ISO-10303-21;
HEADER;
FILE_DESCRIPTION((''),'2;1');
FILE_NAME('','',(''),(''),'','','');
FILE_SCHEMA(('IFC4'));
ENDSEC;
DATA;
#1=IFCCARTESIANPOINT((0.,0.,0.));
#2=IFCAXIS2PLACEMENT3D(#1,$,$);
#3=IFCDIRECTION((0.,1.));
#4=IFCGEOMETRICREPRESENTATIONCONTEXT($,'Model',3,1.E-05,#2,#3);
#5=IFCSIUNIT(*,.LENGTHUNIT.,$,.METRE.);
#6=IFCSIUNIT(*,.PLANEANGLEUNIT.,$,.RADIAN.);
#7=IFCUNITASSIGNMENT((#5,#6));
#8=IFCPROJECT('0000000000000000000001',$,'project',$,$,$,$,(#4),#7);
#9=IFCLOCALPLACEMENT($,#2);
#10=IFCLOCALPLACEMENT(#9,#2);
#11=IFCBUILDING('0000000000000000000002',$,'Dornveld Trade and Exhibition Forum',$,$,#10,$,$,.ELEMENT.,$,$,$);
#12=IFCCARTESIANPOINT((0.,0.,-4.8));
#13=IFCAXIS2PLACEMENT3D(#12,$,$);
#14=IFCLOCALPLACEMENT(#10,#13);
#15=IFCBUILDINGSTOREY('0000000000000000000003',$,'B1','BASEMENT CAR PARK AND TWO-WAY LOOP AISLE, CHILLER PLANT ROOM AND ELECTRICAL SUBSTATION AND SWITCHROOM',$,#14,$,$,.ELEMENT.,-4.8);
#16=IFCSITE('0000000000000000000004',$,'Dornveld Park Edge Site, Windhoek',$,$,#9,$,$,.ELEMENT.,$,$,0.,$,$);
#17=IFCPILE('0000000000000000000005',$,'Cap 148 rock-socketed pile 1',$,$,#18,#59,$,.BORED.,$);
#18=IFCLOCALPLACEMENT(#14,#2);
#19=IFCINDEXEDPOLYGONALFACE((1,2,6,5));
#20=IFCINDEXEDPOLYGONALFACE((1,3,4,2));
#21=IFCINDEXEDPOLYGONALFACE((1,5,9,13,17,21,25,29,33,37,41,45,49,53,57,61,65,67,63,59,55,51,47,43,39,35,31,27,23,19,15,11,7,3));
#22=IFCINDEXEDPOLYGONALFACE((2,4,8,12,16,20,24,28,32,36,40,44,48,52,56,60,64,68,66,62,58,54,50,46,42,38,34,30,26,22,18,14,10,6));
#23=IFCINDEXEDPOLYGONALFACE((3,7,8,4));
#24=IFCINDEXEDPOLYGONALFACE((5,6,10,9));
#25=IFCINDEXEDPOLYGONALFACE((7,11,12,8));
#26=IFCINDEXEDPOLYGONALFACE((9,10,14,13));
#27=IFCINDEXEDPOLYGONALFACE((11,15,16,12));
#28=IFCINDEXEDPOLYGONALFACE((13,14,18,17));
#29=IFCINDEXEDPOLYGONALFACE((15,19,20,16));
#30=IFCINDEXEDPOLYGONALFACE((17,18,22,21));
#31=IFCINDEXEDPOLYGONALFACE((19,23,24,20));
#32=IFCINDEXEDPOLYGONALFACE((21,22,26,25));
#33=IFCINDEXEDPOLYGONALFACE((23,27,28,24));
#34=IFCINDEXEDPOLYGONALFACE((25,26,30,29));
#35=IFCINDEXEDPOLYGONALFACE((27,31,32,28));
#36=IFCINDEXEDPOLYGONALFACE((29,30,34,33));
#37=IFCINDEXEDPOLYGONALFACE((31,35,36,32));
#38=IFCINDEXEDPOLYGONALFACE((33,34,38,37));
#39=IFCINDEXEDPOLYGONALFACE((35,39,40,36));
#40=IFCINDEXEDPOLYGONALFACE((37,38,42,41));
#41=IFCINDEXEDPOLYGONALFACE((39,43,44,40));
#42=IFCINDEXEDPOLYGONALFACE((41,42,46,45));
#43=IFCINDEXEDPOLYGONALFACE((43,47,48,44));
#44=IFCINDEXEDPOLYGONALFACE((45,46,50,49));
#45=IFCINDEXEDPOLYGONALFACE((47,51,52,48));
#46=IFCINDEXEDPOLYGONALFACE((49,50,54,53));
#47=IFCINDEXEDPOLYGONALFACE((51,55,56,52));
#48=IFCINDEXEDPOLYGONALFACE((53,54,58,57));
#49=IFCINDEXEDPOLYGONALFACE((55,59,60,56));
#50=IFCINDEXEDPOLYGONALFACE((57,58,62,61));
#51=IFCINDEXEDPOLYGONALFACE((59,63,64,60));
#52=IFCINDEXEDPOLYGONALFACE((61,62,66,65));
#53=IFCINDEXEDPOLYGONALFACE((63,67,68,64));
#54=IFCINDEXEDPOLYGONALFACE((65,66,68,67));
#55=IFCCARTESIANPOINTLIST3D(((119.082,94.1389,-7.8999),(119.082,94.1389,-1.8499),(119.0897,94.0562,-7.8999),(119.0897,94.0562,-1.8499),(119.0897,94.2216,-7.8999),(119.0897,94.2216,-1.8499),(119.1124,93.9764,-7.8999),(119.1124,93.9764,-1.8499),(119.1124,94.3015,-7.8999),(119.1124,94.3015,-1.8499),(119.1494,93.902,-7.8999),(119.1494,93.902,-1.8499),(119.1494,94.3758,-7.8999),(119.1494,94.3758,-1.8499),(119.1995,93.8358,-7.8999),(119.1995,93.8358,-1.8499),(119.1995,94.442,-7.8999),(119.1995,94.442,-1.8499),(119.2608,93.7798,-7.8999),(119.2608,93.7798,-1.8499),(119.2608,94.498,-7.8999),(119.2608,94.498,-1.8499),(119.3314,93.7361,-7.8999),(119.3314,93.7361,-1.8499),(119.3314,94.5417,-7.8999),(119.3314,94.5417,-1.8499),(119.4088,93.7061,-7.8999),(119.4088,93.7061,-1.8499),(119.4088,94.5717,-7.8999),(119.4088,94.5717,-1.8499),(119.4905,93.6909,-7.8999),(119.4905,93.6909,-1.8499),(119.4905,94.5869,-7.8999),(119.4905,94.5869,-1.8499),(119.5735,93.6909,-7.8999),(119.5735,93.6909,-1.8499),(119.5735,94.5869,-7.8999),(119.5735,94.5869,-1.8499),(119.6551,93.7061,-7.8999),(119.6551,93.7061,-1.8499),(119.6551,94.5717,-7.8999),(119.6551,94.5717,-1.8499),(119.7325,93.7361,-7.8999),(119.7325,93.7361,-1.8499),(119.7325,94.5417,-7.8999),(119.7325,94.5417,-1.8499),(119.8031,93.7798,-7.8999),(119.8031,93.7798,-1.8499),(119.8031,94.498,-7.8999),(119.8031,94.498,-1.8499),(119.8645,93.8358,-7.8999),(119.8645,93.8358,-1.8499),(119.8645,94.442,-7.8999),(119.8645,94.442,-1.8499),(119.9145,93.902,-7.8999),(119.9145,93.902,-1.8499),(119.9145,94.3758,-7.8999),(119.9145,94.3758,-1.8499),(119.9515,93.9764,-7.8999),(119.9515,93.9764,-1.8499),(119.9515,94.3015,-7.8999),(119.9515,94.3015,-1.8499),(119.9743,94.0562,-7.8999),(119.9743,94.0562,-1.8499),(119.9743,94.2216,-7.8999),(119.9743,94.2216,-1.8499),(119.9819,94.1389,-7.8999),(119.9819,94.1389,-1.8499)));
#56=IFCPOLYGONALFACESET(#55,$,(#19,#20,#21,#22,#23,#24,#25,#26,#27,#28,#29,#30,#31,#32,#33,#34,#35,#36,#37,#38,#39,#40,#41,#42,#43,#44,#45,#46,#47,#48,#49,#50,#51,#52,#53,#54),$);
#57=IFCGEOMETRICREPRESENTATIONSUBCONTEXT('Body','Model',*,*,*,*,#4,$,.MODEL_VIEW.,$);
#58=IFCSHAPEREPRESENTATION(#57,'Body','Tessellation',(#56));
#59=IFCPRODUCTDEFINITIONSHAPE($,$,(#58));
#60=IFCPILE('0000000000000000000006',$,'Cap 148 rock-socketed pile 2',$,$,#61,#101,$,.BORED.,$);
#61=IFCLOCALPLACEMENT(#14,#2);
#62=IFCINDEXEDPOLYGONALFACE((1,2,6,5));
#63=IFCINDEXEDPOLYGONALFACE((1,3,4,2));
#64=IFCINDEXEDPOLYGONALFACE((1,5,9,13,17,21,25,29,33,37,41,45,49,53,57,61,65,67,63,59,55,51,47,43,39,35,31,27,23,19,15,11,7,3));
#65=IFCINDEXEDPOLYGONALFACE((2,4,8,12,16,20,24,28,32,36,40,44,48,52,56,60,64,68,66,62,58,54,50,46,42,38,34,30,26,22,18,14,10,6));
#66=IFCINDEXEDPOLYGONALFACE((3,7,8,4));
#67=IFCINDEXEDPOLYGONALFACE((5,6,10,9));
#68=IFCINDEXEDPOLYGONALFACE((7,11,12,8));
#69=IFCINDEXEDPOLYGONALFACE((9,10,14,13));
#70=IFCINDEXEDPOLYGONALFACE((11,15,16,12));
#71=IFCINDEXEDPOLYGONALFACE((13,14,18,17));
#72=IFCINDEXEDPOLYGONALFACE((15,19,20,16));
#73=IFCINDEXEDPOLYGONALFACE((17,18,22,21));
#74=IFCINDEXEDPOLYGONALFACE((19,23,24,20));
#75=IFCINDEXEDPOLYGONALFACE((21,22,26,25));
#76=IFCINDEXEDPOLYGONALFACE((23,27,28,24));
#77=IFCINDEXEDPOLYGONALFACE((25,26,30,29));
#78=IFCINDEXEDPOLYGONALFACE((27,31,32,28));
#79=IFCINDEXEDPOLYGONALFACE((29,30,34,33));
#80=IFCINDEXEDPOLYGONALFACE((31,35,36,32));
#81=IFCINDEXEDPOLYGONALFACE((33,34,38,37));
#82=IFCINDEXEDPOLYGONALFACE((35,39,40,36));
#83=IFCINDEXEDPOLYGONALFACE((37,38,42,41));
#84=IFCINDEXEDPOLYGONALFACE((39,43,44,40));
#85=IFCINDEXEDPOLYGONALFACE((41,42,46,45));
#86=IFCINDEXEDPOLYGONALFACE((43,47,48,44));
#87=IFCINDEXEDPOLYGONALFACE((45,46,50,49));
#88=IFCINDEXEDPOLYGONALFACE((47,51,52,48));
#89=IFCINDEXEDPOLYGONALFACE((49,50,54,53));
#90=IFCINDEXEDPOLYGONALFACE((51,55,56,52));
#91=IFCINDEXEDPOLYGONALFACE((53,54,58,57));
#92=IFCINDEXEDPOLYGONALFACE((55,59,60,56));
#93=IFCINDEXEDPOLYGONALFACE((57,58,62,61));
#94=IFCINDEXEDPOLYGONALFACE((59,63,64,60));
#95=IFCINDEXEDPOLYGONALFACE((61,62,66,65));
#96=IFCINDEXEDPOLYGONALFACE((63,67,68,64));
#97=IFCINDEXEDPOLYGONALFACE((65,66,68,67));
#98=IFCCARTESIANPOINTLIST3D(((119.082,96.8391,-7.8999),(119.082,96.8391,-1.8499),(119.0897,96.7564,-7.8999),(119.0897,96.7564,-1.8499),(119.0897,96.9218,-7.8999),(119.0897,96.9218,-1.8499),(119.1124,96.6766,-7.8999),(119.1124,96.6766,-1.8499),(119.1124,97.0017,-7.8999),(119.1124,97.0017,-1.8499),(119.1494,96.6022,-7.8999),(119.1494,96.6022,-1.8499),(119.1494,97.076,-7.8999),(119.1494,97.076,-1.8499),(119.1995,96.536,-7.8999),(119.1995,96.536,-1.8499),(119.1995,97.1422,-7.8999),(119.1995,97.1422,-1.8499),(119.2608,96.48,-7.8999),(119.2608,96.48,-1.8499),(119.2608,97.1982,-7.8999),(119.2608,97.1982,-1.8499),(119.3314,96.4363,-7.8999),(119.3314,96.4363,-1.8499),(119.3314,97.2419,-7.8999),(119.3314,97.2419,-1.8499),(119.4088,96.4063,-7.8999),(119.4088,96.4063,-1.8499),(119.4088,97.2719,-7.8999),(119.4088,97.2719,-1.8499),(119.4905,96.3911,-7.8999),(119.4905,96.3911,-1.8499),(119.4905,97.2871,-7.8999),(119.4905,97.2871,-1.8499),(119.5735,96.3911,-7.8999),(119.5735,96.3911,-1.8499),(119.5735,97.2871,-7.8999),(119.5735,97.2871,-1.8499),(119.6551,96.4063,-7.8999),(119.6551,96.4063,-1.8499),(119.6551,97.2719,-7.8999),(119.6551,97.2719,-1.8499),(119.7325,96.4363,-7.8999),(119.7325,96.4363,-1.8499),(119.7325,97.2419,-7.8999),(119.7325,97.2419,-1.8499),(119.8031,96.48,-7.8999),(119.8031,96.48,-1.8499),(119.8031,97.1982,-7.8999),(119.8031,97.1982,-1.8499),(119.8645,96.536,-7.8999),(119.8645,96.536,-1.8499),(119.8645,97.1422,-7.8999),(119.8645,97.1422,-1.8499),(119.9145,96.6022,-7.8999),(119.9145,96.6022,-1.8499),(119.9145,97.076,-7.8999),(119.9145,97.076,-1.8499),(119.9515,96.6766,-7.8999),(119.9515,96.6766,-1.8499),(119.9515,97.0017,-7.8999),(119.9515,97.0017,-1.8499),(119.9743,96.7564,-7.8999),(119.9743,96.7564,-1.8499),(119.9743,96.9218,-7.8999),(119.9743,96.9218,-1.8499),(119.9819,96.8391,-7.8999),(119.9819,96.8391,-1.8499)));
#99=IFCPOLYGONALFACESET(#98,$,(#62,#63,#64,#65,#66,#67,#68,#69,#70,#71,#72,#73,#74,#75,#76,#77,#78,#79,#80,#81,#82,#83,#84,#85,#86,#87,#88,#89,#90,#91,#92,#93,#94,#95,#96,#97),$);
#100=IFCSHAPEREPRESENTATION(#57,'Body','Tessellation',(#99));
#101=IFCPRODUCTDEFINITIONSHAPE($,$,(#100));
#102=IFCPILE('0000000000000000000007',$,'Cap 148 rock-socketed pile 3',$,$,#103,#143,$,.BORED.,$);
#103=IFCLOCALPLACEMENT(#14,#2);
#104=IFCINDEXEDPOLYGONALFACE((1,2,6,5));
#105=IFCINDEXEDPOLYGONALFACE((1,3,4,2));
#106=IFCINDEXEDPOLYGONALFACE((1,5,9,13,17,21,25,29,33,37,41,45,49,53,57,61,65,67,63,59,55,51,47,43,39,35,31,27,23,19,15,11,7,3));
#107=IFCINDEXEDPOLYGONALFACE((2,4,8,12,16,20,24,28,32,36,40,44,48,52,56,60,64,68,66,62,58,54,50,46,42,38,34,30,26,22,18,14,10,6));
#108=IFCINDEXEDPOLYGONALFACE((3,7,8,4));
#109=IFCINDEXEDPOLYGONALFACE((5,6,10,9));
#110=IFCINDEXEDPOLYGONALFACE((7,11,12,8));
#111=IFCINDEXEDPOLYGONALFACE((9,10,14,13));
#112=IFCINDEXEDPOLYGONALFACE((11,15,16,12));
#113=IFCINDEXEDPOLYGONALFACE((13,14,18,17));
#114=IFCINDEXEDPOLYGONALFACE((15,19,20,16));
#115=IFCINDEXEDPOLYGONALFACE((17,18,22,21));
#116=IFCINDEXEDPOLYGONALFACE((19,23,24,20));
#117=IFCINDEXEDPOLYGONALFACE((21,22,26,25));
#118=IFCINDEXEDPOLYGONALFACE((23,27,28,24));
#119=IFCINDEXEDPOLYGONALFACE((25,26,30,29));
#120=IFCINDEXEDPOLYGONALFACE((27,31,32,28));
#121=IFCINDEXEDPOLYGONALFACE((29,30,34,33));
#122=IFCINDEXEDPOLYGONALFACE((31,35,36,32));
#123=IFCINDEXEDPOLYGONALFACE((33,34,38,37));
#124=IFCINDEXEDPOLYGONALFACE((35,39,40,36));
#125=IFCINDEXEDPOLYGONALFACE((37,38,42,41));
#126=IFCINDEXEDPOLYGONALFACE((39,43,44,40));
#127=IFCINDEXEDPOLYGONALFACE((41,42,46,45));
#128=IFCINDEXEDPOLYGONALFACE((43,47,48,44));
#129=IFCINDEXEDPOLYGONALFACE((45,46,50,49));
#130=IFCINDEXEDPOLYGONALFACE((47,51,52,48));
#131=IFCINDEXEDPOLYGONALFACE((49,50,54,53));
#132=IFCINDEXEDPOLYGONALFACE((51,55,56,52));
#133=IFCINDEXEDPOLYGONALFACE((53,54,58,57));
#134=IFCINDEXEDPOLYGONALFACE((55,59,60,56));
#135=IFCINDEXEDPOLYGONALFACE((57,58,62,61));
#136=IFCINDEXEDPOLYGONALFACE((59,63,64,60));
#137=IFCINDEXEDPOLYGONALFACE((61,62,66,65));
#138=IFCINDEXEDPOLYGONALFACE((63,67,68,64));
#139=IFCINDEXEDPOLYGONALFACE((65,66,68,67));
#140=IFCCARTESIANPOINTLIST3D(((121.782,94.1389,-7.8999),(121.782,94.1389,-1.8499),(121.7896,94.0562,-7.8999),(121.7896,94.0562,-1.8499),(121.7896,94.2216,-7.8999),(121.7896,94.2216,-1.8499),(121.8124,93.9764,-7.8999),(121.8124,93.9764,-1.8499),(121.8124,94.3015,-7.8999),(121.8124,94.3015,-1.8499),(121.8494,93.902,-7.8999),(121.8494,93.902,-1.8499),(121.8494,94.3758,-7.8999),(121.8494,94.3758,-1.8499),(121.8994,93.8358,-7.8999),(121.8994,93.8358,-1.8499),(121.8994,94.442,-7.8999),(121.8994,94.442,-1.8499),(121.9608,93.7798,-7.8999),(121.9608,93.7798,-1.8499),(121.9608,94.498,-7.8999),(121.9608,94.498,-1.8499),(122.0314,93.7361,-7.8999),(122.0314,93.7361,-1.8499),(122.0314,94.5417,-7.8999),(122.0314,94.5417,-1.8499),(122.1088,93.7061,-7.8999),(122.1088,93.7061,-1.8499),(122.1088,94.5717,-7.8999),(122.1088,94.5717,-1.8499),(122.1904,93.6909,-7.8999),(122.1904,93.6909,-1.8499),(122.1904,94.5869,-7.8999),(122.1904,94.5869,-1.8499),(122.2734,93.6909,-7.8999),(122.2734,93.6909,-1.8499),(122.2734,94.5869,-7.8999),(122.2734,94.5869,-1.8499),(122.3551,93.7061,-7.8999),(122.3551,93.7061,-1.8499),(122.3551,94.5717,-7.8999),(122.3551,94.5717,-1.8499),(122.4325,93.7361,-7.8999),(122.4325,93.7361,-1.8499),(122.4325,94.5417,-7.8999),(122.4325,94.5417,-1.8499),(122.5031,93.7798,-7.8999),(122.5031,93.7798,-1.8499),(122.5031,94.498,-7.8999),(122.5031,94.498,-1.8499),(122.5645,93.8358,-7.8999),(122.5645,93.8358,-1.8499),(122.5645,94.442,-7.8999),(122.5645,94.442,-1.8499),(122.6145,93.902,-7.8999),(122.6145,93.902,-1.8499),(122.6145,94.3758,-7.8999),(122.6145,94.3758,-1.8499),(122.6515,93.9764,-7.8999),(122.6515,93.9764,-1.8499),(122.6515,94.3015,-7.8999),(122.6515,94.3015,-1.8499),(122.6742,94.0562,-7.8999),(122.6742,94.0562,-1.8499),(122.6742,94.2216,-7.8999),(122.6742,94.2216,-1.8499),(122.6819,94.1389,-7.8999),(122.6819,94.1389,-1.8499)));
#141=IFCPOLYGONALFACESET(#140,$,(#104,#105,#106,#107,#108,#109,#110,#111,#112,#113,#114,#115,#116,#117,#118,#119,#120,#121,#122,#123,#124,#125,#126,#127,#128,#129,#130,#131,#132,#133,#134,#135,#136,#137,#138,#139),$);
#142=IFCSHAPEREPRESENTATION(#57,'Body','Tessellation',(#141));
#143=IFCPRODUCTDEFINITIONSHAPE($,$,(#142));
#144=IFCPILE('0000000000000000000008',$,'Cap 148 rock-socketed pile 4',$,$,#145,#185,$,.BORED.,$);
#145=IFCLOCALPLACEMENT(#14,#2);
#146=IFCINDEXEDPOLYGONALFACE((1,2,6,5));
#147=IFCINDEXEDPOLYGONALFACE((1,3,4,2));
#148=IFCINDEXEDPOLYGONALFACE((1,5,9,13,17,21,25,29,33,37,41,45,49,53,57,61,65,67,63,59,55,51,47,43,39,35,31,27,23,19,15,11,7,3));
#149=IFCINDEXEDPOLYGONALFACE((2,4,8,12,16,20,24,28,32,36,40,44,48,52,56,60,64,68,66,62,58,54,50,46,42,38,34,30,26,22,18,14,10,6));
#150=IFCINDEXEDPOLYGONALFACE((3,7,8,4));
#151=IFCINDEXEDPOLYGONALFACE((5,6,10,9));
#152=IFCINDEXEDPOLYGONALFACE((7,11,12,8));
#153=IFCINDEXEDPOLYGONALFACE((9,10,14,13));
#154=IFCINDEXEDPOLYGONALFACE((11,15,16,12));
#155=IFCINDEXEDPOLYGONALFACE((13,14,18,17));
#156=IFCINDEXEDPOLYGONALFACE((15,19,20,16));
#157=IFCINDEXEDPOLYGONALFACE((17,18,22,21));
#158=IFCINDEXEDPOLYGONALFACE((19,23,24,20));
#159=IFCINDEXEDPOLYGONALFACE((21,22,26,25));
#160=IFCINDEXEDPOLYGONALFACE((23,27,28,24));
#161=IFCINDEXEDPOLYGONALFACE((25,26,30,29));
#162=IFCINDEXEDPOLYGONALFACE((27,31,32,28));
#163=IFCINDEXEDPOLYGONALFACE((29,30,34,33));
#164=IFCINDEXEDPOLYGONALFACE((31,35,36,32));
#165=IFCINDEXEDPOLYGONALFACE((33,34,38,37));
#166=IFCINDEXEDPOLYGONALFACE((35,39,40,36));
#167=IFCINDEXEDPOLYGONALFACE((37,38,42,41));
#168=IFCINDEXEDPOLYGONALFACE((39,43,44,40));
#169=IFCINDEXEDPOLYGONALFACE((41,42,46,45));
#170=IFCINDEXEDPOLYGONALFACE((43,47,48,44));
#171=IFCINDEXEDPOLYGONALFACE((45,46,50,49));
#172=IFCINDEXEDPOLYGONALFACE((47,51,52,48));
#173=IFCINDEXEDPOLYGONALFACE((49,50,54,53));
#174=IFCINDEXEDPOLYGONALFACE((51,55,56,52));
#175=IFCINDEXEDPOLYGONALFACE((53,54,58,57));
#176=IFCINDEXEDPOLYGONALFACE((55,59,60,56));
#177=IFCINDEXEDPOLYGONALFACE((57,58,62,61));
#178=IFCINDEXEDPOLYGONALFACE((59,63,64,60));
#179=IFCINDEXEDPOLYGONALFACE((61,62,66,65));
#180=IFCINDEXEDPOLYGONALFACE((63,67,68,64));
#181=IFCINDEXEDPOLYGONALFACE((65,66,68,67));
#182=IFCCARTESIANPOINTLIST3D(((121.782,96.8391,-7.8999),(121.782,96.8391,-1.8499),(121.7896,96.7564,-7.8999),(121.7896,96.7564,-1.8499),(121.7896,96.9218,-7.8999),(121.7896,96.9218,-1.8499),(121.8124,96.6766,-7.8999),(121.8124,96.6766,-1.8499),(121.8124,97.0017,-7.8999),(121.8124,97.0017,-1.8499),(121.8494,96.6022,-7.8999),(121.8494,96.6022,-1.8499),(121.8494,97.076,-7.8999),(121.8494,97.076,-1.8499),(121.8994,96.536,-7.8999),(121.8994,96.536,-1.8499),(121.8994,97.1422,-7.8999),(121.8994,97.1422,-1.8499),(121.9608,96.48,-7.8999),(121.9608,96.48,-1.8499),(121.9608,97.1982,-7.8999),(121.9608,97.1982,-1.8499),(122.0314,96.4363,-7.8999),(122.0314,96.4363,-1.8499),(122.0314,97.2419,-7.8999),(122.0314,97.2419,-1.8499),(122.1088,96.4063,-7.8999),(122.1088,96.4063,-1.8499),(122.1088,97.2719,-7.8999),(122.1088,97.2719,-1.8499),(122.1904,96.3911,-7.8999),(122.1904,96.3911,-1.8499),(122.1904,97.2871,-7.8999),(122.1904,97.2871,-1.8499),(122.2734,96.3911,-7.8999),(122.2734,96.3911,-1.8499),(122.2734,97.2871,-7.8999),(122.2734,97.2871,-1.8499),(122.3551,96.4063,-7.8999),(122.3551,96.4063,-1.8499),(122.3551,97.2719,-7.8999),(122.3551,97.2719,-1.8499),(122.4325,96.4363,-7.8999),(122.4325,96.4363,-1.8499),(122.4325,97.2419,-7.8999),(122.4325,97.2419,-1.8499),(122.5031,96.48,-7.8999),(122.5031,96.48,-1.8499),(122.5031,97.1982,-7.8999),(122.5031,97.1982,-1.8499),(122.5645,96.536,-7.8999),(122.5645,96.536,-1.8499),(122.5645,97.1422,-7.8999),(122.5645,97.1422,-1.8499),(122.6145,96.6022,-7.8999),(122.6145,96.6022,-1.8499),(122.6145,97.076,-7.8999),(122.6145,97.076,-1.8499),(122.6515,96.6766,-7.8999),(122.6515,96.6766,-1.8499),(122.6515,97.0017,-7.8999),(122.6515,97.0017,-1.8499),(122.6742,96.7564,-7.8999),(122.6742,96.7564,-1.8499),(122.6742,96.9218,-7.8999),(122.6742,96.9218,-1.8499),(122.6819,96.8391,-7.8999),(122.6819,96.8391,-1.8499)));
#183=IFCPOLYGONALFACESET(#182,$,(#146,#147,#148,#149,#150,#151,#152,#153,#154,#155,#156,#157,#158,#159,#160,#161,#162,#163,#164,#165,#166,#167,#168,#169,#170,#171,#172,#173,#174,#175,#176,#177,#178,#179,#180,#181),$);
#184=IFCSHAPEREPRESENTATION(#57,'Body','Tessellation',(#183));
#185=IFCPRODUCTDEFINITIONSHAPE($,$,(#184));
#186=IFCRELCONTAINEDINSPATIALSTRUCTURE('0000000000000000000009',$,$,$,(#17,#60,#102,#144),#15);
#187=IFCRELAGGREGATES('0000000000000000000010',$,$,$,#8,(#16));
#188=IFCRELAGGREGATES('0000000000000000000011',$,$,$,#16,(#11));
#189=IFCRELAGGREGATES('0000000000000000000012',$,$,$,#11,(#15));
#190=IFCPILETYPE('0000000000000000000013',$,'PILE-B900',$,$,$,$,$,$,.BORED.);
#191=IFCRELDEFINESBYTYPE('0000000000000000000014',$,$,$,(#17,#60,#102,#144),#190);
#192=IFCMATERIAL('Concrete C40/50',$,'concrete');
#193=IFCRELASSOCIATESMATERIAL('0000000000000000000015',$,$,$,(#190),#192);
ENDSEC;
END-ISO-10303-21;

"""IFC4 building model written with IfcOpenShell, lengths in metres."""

from ifc_helpers import new_model, si_unit, direction, frame, origin, origin_2d, place, context, subcontext, project, spatial, circle, extrude, material, material_profile, profile_set, type_object, element, save


model = new_model("IFC4")

# Units and contexts
model_context = context("Model", 3, precision=1e-05, world=origin(), true_north=direction((0.0, 1.0)))
body_context = subcontext(model_context, "Body", "Model", "MODEL_VIEW")
ifc_project = project(units=[si_unit("LENGTHUNIT", "METRE"), si_unit("PLANEANGLEUNIT", "RADIAN")], contexts=[model_context])

# Site, building, storey
site_placement = place(None, origin())
site = spatial("IfcSite", under=ifc_project, at=site_placement, Name="Dornveld Park Edge Site, Windhoek", CompositionType="ELEMENT", RefElevation=0.0)
building_placement = place(site_placement, origin())
building = spatial("IfcBuilding", under=site, at=building_placement, Name="Dornveld Trade and Exhibition Forum", CompositionType="ELEMENT")
storey_placement = place(building_placement, frame((0.0, 0.0, -4.8)))
storey = spatial("IfcBuildingStorey", under=building, at=storey_placement, Name="B1", Description="BASEMENT CAR PARK AND TWO-WAY LOOP AISLE, CHILLER PLANT ROOM AND ELECTRICAL SUBSTATION AND SWITCHROOM", CompositionType="ELEMENT", Elevation=-4.8)

# Piles
ifc_material_1 = material(Name="Concrete C40/50", Category="concrete")
ifc_material_profile_1 = material_profile(ifc_material_1, circle(Radius=0.45, at=origin_2d()), Name="PILE D900")
ifc_profile_set_1 = profile_set([ifc_material_profile_1], Name="Concrete C40/50")
pile_type_1 = type_object("IfcPileType", Name="PILE-B900", PredefinedType="BORED", material=ifc_profile_set_1)
for number, where, z_axis, x_axis, name in (
    (1, (119.532, 94.1389, -1.8499), (0.0, 0.0, -1.0), (1.0, 0.0, 0.0), "Cap 148 rock-socketed pile 1"),
    (2, (119.532, 96.8391, -1.8499), (0.0, 0.0, -1.0), (1.0, 0.0, 0.0), "Cap 148 rock-socketed pile 2"),
    (3, (122.2319, 94.1389, -1.8499), (0.0, 0.0, -1.0), (1.0, 0.0, 0.0), "Cap 148 rock-socketed pile 3"),
    (4, (122.2319, 96.8391, -1.8499), (0.0, 0.0, -1.0), (1.0, 0.0, 0.0), "Cap 148 rock-socketed pile 4"),
):
    element("IfcPile", number, at=place(storey_placement, frame(where, z_axis=z_axis, x_axis=x_axis)), inside=storey, type_object=pile_type_1, Name=name, PredefinedType="BORED", context=body_context, shape_type="SweptSolid", body=[
        extrude(circle(Radius=0.45, at=origin_2d()), origin(), (0.0, 0.0, 1.0), 6.05),
    ])

save(model, "model.ifc")
